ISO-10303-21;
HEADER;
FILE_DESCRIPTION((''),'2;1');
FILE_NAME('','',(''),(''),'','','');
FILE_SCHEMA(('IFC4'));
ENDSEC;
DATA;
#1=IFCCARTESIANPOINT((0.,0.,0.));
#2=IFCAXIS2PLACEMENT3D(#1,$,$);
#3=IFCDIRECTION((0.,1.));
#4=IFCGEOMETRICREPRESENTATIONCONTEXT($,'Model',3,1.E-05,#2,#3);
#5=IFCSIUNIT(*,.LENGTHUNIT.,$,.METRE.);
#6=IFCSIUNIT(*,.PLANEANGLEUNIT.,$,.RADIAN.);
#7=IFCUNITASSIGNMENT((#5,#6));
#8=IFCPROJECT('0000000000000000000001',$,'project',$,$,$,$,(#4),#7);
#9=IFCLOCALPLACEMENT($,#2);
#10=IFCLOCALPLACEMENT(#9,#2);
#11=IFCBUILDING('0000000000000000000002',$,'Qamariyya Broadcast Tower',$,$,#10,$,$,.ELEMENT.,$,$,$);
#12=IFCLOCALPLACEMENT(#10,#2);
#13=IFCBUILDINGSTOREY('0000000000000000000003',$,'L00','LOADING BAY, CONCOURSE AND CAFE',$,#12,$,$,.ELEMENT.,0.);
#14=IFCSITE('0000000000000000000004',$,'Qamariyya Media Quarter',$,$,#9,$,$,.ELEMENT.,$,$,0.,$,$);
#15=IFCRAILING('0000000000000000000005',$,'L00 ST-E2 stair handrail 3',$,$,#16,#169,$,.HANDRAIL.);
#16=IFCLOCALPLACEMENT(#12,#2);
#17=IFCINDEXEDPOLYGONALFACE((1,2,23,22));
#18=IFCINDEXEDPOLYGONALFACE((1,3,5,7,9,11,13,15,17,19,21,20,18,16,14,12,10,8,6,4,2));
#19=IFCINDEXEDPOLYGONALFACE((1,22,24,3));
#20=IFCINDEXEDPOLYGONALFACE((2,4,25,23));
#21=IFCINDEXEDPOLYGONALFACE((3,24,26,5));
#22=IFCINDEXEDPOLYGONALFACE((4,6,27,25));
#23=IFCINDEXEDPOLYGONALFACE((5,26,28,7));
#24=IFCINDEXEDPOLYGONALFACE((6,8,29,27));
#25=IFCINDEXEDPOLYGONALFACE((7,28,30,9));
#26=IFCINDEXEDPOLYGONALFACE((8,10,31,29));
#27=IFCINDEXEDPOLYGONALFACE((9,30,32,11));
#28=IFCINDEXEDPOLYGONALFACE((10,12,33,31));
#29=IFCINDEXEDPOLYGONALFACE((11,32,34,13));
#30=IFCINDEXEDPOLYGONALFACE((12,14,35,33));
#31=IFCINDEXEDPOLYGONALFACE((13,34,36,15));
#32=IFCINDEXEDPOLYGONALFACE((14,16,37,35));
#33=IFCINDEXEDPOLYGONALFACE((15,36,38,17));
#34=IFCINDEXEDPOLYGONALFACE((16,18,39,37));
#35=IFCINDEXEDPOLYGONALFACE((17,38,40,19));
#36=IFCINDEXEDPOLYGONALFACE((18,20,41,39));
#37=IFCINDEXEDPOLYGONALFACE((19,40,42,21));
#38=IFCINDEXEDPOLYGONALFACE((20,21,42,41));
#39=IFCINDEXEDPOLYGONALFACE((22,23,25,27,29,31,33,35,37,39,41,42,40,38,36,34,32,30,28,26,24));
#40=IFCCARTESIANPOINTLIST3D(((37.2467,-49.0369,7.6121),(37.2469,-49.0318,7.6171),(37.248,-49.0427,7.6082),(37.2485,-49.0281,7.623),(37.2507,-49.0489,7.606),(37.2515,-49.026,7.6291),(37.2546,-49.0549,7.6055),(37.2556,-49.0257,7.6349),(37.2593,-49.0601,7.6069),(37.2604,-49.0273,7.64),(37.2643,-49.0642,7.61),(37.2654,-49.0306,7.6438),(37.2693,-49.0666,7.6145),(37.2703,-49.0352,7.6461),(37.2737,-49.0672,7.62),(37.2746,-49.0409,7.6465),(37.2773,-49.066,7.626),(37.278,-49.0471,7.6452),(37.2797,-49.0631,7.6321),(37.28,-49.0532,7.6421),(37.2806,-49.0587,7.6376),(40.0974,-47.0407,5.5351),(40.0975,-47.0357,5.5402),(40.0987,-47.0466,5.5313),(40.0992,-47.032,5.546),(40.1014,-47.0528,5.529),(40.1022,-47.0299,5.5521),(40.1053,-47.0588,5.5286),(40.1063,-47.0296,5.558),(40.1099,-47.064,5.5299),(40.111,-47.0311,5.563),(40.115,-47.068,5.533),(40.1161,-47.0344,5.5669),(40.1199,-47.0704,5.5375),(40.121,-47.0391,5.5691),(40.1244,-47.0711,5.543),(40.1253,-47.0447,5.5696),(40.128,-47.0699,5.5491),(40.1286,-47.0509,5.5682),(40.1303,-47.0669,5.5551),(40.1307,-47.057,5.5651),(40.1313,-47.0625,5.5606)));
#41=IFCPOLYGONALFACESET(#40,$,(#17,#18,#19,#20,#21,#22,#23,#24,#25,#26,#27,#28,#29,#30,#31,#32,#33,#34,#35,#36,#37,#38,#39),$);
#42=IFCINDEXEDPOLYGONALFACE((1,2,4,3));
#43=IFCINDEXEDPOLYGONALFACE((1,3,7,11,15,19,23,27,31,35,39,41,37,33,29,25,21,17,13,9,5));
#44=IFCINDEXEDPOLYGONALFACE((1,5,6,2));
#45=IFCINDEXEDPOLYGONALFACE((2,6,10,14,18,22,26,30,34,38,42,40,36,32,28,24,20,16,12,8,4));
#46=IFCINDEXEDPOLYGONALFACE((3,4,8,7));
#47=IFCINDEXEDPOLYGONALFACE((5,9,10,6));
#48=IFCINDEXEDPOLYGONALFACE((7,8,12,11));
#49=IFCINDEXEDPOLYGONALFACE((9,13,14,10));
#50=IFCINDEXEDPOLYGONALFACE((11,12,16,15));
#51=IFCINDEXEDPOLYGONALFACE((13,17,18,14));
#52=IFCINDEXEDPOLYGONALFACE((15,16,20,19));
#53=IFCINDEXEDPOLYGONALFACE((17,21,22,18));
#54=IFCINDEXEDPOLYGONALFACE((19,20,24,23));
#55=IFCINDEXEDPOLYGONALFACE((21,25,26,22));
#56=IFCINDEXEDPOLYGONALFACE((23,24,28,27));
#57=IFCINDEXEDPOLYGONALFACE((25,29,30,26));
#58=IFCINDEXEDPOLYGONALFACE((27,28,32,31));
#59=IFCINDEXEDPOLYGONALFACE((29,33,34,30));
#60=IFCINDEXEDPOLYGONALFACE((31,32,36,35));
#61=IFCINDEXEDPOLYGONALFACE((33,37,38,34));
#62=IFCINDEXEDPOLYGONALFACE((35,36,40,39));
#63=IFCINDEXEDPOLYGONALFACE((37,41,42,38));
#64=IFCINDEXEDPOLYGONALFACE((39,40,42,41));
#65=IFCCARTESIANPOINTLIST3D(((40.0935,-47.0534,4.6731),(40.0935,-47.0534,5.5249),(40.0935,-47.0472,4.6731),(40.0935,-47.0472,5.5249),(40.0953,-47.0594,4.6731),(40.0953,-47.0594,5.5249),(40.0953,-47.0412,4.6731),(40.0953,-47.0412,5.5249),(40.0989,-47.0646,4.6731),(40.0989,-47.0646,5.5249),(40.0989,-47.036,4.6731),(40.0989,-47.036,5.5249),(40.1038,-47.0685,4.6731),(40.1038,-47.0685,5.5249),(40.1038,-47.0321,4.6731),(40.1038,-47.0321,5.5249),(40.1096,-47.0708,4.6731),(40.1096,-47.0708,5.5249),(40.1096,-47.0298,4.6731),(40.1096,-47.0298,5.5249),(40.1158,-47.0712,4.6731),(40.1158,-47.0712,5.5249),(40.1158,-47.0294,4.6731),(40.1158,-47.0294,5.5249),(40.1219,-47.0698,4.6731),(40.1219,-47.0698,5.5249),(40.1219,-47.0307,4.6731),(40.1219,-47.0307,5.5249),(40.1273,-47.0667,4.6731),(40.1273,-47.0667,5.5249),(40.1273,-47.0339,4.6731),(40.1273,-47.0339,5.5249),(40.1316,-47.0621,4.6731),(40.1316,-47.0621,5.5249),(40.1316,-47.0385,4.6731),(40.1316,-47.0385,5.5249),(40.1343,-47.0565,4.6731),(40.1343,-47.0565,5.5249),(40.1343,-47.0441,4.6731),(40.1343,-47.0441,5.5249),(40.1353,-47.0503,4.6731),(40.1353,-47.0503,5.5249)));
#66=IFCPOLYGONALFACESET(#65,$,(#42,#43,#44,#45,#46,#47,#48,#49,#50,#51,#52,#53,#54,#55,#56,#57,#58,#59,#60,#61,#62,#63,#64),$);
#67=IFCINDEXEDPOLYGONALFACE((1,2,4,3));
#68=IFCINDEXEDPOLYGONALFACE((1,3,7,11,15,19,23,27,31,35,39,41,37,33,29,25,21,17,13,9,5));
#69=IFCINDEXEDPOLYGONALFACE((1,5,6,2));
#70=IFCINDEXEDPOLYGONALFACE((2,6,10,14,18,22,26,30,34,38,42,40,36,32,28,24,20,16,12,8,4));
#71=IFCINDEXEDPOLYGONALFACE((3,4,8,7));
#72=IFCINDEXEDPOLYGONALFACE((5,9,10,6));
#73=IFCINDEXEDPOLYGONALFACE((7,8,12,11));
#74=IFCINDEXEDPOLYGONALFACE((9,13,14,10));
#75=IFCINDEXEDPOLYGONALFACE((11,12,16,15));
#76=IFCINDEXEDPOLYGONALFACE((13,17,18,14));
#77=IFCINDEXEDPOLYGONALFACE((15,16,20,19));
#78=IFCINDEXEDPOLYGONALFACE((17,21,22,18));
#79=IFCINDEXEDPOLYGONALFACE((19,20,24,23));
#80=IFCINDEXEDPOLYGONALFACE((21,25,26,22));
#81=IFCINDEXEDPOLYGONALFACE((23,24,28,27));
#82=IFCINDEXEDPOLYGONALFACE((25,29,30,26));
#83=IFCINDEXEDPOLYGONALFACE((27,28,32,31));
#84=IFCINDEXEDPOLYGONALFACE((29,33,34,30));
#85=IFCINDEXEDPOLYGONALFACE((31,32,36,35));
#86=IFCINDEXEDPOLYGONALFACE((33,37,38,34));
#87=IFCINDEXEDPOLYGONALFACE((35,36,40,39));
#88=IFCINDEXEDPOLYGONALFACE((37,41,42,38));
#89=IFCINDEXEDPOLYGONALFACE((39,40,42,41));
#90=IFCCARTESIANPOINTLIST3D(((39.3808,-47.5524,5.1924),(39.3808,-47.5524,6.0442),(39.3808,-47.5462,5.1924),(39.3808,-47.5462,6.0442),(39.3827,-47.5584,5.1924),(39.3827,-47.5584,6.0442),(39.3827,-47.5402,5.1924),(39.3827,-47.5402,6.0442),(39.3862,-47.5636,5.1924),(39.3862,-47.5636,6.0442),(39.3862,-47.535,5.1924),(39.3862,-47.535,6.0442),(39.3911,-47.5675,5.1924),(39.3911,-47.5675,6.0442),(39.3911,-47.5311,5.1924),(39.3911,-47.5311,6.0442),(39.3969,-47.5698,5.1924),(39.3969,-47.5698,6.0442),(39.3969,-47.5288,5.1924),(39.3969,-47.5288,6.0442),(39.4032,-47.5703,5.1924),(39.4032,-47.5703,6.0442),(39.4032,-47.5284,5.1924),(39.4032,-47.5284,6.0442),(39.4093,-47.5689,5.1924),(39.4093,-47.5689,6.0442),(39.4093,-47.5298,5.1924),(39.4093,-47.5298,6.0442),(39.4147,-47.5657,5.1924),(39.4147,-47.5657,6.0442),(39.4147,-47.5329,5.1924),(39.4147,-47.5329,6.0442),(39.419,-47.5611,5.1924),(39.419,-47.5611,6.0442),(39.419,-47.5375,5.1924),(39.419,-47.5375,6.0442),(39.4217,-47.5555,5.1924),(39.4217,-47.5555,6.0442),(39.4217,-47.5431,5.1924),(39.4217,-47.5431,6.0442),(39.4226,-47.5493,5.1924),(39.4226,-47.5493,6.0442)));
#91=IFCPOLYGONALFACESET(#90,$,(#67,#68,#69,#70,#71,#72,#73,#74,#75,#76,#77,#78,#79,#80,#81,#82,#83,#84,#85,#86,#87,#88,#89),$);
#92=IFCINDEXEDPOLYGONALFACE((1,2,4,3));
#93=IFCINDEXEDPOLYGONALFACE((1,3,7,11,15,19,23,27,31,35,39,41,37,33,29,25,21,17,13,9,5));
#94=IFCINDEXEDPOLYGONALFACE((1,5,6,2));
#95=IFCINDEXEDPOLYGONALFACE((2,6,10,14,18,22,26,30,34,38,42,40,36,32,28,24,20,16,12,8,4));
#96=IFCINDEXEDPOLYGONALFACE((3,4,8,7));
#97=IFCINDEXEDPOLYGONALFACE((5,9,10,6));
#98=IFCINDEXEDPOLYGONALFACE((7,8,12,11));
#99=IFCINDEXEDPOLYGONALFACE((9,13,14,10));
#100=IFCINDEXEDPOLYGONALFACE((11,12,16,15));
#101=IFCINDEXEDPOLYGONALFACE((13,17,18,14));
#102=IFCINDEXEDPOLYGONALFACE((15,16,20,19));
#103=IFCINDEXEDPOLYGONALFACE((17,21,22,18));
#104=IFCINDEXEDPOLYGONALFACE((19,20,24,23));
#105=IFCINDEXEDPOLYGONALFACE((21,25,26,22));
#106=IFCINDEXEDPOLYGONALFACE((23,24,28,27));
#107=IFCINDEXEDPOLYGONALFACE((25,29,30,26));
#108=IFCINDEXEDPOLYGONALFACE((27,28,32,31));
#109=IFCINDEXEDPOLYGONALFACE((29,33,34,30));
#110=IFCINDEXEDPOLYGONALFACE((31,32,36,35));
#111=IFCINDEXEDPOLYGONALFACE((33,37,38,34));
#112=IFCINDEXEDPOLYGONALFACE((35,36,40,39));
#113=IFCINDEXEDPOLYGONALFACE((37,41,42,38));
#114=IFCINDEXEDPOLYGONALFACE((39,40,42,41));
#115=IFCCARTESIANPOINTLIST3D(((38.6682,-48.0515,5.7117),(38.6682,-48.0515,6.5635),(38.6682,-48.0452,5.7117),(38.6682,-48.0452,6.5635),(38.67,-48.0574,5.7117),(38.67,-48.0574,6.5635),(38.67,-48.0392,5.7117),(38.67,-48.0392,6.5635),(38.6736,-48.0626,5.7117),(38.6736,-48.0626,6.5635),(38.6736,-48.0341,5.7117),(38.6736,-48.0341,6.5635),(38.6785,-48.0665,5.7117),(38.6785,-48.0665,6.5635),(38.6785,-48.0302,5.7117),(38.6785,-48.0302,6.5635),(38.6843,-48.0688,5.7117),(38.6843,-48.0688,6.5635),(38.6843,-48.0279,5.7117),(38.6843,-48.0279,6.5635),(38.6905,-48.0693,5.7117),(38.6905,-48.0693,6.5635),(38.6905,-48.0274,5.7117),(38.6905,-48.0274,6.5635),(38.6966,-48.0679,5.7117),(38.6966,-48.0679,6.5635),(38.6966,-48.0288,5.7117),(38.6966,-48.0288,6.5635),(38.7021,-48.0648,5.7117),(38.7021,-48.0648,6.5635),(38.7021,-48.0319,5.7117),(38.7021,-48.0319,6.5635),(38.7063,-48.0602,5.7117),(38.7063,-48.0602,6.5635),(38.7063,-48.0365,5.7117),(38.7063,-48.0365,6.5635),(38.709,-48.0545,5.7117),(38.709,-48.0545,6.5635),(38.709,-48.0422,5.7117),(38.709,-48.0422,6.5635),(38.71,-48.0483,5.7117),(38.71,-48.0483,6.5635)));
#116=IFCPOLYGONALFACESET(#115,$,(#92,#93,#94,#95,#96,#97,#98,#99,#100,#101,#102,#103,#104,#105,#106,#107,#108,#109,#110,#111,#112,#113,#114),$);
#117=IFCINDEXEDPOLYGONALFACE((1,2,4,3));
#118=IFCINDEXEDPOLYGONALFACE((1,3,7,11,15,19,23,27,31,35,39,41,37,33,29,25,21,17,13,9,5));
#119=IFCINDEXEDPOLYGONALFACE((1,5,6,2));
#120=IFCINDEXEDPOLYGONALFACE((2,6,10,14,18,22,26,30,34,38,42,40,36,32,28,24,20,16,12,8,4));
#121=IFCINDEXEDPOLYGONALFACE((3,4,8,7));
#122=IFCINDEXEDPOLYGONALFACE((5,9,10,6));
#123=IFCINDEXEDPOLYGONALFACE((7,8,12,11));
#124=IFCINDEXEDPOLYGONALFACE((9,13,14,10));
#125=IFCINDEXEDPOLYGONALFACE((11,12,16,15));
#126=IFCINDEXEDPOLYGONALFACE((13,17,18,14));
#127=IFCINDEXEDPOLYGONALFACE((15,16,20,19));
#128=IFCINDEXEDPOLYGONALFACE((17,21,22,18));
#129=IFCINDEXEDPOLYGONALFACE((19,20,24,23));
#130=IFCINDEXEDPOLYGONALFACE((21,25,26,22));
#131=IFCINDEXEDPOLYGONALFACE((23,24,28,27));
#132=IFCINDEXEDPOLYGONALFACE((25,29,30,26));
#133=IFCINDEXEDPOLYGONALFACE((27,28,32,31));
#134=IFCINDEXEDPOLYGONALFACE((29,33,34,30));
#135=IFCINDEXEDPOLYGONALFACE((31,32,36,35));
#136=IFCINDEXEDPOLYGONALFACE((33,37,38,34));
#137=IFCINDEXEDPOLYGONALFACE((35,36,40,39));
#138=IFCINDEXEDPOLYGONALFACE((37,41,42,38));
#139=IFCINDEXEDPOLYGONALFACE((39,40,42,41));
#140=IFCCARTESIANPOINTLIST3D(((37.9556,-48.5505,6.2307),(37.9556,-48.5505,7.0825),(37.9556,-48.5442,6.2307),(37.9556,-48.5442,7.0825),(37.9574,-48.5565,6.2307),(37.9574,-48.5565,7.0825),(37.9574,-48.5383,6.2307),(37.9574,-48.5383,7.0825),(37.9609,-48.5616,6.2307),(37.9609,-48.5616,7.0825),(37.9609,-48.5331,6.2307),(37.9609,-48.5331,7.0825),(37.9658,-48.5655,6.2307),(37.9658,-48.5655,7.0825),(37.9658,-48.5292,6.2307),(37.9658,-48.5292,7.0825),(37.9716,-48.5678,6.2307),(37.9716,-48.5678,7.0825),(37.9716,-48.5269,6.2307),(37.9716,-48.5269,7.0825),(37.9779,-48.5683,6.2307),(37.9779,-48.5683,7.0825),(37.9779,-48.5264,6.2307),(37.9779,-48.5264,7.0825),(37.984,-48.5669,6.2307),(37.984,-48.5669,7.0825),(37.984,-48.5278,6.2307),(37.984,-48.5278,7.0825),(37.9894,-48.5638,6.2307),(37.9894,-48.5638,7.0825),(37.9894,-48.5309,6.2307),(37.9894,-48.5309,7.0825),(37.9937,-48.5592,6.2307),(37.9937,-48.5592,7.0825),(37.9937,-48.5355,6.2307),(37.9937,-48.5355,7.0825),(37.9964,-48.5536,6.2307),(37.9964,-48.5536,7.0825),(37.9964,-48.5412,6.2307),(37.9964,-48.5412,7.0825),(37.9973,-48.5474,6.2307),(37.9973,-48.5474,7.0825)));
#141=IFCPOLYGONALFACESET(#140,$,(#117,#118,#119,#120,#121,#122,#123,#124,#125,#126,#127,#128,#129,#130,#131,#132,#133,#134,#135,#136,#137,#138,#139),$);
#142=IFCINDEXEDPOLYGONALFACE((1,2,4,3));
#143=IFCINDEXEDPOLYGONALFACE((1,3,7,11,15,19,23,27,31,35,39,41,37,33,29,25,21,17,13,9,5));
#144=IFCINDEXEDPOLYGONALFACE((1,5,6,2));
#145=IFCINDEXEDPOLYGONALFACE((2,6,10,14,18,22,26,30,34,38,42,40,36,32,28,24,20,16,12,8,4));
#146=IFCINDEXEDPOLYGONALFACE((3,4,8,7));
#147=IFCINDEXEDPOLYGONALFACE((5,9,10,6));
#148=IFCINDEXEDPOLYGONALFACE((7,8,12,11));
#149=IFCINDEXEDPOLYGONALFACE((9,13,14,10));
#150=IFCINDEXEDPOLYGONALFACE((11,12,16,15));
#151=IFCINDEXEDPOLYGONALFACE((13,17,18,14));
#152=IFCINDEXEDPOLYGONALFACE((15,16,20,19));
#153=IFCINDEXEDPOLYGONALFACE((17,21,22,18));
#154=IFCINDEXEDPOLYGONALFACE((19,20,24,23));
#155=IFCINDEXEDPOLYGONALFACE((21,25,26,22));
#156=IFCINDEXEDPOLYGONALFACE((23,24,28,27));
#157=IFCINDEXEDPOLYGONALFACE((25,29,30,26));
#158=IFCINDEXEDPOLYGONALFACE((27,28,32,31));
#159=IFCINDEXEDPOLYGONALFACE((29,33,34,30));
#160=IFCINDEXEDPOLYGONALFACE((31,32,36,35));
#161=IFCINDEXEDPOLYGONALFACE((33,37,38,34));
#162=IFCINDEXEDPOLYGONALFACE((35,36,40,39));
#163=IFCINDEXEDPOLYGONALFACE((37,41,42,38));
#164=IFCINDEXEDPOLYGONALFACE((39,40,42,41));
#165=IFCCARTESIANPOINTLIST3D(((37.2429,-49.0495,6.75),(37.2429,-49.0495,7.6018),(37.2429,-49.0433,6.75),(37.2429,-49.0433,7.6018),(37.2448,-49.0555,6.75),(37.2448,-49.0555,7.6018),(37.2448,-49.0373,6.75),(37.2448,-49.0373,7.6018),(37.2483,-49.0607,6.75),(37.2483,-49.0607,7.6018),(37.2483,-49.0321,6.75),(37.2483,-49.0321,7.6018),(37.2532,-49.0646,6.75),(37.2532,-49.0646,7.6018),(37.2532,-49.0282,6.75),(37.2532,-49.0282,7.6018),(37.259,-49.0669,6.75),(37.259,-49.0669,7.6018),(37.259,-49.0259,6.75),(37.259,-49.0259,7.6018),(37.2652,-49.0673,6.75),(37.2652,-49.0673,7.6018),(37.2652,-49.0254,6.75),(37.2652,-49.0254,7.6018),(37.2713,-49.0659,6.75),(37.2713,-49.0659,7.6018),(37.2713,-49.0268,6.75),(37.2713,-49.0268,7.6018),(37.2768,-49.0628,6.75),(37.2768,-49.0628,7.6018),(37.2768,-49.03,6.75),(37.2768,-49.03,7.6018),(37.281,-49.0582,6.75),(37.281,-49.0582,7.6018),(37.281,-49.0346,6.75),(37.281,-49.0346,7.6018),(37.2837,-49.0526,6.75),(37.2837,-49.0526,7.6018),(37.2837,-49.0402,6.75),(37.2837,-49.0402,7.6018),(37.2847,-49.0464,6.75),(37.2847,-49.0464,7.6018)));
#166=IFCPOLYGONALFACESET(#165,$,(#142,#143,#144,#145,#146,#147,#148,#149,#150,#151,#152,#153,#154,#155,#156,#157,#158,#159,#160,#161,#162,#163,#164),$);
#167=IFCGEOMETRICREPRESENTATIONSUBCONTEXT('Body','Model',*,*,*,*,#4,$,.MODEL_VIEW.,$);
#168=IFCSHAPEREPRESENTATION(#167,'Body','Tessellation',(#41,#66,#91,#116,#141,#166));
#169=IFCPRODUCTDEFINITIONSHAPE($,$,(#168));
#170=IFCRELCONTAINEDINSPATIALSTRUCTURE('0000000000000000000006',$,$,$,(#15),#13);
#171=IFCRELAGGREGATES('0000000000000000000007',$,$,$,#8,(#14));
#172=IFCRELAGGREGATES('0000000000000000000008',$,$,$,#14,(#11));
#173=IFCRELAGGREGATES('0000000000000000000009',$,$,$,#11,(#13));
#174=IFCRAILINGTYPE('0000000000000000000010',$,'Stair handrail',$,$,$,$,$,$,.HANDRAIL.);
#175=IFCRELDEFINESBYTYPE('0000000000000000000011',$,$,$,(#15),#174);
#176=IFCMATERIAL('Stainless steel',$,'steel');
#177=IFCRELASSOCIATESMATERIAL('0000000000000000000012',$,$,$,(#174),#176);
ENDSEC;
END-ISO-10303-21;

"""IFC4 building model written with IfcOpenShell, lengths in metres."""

from ifc_helpers import new_model, si_unit, direction, frame, origin, origin_2d, place, context, subcontext, project, spatial, circle, extrude, material, type_object, element, save


model = new_model("IFC4")

# Units and contexts
model_context = context("Model", 3, precision=1e-05, world=origin(), true_north=direction((0.0, 1.0)))
body_context = subcontext(model_context, "Body", "Model", "MODEL_VIEW")
ifc_project = project(units=[si_unit("LENGTHUNIT", "METRE"), si_unit("PLANEANGLEUNIT", "RADIAN")], contexts=[model_context])

# Site, building, storey
site_placement = place(None, origin())
site = spatial("IfcSite", under=ifc_project, at=site_placement, Name="Qamariyya Media Quarter", CompositionType="ELEMENT", RefElevation=0.0)
building_placement = place(site_placement, origin())
building = spatial("IfcBuilding", under=site, at=building_placement, Name="Qamariyya Broadcast Tower", CompositionType="ELEMENT")
storey_placement = place(building_placement, origin())
storey = spatial("IfcBuildingStorey", under=building, at=storey_placement, Name="L00", Description="LOADING BAY, CONCOURSE AND CAFE", CompositionType="ELEMENT", Elevation=0.0)

# Railing
ifc_material_1 = material(Name="Stainless steel", Category="steel")
railing_type_1 = type_object("IfcRailingType", Name="Stair handrail", PredefinedType="HANDRAIL", material=ifc_material_1)
for number, where, name in (
    (1, (40.1143, -47.0503, 4.6731), "L00 ST-E2 stair handrail 3"),
):
    element("IfcRailing", number, at=place(storey_placement, frame(where)), inside=storey, type_object=railing_type_1, Name=name, PredefinedType="HANDRAIL", context=body_context, shape_type="SweptSolid", body=[
        extrude(circle(Radius=0.0239, at=origin_2d()), frame((0.0, 0.0, 0.876), z_axis=(-0.703393, -0.492544, 0.512484), x_axis=(0.573594, -0.81914, 0.0)), (0.0, 0.0, 1.0), 4.0527),
        extrude(circle(Radius=0.021, at=origin_2d()), origin(), (0.0, 0.0, 1.0), 0.8518),
        extrude(circle(Radius=0.021, at=origin_2d()), frame((-0.7126, -0.499, 0.5193)), (0.0, 0.0, 1.0), 0.8518),
        extrude(circle(Radius=0.021, at=origin_2d()), frame((-1.4253, -0.998, 1.0386)), (0.0, 0.0, 1.0), 0.8518),
        extrude(circle(Radius=0.021, at=origin_2d()), frame((-2.1379, -1.4971, 1.5576)), (0.0, 0.0, 1.0), 0.8518),
        extrude(circle(Radius=0.021, at=origin_2d()), frame((-2.8506, -1.9961, 2.0769)), (0.0, 0.0, 1.0), 0.8518),
    ])

save(model, "model.ifc")
